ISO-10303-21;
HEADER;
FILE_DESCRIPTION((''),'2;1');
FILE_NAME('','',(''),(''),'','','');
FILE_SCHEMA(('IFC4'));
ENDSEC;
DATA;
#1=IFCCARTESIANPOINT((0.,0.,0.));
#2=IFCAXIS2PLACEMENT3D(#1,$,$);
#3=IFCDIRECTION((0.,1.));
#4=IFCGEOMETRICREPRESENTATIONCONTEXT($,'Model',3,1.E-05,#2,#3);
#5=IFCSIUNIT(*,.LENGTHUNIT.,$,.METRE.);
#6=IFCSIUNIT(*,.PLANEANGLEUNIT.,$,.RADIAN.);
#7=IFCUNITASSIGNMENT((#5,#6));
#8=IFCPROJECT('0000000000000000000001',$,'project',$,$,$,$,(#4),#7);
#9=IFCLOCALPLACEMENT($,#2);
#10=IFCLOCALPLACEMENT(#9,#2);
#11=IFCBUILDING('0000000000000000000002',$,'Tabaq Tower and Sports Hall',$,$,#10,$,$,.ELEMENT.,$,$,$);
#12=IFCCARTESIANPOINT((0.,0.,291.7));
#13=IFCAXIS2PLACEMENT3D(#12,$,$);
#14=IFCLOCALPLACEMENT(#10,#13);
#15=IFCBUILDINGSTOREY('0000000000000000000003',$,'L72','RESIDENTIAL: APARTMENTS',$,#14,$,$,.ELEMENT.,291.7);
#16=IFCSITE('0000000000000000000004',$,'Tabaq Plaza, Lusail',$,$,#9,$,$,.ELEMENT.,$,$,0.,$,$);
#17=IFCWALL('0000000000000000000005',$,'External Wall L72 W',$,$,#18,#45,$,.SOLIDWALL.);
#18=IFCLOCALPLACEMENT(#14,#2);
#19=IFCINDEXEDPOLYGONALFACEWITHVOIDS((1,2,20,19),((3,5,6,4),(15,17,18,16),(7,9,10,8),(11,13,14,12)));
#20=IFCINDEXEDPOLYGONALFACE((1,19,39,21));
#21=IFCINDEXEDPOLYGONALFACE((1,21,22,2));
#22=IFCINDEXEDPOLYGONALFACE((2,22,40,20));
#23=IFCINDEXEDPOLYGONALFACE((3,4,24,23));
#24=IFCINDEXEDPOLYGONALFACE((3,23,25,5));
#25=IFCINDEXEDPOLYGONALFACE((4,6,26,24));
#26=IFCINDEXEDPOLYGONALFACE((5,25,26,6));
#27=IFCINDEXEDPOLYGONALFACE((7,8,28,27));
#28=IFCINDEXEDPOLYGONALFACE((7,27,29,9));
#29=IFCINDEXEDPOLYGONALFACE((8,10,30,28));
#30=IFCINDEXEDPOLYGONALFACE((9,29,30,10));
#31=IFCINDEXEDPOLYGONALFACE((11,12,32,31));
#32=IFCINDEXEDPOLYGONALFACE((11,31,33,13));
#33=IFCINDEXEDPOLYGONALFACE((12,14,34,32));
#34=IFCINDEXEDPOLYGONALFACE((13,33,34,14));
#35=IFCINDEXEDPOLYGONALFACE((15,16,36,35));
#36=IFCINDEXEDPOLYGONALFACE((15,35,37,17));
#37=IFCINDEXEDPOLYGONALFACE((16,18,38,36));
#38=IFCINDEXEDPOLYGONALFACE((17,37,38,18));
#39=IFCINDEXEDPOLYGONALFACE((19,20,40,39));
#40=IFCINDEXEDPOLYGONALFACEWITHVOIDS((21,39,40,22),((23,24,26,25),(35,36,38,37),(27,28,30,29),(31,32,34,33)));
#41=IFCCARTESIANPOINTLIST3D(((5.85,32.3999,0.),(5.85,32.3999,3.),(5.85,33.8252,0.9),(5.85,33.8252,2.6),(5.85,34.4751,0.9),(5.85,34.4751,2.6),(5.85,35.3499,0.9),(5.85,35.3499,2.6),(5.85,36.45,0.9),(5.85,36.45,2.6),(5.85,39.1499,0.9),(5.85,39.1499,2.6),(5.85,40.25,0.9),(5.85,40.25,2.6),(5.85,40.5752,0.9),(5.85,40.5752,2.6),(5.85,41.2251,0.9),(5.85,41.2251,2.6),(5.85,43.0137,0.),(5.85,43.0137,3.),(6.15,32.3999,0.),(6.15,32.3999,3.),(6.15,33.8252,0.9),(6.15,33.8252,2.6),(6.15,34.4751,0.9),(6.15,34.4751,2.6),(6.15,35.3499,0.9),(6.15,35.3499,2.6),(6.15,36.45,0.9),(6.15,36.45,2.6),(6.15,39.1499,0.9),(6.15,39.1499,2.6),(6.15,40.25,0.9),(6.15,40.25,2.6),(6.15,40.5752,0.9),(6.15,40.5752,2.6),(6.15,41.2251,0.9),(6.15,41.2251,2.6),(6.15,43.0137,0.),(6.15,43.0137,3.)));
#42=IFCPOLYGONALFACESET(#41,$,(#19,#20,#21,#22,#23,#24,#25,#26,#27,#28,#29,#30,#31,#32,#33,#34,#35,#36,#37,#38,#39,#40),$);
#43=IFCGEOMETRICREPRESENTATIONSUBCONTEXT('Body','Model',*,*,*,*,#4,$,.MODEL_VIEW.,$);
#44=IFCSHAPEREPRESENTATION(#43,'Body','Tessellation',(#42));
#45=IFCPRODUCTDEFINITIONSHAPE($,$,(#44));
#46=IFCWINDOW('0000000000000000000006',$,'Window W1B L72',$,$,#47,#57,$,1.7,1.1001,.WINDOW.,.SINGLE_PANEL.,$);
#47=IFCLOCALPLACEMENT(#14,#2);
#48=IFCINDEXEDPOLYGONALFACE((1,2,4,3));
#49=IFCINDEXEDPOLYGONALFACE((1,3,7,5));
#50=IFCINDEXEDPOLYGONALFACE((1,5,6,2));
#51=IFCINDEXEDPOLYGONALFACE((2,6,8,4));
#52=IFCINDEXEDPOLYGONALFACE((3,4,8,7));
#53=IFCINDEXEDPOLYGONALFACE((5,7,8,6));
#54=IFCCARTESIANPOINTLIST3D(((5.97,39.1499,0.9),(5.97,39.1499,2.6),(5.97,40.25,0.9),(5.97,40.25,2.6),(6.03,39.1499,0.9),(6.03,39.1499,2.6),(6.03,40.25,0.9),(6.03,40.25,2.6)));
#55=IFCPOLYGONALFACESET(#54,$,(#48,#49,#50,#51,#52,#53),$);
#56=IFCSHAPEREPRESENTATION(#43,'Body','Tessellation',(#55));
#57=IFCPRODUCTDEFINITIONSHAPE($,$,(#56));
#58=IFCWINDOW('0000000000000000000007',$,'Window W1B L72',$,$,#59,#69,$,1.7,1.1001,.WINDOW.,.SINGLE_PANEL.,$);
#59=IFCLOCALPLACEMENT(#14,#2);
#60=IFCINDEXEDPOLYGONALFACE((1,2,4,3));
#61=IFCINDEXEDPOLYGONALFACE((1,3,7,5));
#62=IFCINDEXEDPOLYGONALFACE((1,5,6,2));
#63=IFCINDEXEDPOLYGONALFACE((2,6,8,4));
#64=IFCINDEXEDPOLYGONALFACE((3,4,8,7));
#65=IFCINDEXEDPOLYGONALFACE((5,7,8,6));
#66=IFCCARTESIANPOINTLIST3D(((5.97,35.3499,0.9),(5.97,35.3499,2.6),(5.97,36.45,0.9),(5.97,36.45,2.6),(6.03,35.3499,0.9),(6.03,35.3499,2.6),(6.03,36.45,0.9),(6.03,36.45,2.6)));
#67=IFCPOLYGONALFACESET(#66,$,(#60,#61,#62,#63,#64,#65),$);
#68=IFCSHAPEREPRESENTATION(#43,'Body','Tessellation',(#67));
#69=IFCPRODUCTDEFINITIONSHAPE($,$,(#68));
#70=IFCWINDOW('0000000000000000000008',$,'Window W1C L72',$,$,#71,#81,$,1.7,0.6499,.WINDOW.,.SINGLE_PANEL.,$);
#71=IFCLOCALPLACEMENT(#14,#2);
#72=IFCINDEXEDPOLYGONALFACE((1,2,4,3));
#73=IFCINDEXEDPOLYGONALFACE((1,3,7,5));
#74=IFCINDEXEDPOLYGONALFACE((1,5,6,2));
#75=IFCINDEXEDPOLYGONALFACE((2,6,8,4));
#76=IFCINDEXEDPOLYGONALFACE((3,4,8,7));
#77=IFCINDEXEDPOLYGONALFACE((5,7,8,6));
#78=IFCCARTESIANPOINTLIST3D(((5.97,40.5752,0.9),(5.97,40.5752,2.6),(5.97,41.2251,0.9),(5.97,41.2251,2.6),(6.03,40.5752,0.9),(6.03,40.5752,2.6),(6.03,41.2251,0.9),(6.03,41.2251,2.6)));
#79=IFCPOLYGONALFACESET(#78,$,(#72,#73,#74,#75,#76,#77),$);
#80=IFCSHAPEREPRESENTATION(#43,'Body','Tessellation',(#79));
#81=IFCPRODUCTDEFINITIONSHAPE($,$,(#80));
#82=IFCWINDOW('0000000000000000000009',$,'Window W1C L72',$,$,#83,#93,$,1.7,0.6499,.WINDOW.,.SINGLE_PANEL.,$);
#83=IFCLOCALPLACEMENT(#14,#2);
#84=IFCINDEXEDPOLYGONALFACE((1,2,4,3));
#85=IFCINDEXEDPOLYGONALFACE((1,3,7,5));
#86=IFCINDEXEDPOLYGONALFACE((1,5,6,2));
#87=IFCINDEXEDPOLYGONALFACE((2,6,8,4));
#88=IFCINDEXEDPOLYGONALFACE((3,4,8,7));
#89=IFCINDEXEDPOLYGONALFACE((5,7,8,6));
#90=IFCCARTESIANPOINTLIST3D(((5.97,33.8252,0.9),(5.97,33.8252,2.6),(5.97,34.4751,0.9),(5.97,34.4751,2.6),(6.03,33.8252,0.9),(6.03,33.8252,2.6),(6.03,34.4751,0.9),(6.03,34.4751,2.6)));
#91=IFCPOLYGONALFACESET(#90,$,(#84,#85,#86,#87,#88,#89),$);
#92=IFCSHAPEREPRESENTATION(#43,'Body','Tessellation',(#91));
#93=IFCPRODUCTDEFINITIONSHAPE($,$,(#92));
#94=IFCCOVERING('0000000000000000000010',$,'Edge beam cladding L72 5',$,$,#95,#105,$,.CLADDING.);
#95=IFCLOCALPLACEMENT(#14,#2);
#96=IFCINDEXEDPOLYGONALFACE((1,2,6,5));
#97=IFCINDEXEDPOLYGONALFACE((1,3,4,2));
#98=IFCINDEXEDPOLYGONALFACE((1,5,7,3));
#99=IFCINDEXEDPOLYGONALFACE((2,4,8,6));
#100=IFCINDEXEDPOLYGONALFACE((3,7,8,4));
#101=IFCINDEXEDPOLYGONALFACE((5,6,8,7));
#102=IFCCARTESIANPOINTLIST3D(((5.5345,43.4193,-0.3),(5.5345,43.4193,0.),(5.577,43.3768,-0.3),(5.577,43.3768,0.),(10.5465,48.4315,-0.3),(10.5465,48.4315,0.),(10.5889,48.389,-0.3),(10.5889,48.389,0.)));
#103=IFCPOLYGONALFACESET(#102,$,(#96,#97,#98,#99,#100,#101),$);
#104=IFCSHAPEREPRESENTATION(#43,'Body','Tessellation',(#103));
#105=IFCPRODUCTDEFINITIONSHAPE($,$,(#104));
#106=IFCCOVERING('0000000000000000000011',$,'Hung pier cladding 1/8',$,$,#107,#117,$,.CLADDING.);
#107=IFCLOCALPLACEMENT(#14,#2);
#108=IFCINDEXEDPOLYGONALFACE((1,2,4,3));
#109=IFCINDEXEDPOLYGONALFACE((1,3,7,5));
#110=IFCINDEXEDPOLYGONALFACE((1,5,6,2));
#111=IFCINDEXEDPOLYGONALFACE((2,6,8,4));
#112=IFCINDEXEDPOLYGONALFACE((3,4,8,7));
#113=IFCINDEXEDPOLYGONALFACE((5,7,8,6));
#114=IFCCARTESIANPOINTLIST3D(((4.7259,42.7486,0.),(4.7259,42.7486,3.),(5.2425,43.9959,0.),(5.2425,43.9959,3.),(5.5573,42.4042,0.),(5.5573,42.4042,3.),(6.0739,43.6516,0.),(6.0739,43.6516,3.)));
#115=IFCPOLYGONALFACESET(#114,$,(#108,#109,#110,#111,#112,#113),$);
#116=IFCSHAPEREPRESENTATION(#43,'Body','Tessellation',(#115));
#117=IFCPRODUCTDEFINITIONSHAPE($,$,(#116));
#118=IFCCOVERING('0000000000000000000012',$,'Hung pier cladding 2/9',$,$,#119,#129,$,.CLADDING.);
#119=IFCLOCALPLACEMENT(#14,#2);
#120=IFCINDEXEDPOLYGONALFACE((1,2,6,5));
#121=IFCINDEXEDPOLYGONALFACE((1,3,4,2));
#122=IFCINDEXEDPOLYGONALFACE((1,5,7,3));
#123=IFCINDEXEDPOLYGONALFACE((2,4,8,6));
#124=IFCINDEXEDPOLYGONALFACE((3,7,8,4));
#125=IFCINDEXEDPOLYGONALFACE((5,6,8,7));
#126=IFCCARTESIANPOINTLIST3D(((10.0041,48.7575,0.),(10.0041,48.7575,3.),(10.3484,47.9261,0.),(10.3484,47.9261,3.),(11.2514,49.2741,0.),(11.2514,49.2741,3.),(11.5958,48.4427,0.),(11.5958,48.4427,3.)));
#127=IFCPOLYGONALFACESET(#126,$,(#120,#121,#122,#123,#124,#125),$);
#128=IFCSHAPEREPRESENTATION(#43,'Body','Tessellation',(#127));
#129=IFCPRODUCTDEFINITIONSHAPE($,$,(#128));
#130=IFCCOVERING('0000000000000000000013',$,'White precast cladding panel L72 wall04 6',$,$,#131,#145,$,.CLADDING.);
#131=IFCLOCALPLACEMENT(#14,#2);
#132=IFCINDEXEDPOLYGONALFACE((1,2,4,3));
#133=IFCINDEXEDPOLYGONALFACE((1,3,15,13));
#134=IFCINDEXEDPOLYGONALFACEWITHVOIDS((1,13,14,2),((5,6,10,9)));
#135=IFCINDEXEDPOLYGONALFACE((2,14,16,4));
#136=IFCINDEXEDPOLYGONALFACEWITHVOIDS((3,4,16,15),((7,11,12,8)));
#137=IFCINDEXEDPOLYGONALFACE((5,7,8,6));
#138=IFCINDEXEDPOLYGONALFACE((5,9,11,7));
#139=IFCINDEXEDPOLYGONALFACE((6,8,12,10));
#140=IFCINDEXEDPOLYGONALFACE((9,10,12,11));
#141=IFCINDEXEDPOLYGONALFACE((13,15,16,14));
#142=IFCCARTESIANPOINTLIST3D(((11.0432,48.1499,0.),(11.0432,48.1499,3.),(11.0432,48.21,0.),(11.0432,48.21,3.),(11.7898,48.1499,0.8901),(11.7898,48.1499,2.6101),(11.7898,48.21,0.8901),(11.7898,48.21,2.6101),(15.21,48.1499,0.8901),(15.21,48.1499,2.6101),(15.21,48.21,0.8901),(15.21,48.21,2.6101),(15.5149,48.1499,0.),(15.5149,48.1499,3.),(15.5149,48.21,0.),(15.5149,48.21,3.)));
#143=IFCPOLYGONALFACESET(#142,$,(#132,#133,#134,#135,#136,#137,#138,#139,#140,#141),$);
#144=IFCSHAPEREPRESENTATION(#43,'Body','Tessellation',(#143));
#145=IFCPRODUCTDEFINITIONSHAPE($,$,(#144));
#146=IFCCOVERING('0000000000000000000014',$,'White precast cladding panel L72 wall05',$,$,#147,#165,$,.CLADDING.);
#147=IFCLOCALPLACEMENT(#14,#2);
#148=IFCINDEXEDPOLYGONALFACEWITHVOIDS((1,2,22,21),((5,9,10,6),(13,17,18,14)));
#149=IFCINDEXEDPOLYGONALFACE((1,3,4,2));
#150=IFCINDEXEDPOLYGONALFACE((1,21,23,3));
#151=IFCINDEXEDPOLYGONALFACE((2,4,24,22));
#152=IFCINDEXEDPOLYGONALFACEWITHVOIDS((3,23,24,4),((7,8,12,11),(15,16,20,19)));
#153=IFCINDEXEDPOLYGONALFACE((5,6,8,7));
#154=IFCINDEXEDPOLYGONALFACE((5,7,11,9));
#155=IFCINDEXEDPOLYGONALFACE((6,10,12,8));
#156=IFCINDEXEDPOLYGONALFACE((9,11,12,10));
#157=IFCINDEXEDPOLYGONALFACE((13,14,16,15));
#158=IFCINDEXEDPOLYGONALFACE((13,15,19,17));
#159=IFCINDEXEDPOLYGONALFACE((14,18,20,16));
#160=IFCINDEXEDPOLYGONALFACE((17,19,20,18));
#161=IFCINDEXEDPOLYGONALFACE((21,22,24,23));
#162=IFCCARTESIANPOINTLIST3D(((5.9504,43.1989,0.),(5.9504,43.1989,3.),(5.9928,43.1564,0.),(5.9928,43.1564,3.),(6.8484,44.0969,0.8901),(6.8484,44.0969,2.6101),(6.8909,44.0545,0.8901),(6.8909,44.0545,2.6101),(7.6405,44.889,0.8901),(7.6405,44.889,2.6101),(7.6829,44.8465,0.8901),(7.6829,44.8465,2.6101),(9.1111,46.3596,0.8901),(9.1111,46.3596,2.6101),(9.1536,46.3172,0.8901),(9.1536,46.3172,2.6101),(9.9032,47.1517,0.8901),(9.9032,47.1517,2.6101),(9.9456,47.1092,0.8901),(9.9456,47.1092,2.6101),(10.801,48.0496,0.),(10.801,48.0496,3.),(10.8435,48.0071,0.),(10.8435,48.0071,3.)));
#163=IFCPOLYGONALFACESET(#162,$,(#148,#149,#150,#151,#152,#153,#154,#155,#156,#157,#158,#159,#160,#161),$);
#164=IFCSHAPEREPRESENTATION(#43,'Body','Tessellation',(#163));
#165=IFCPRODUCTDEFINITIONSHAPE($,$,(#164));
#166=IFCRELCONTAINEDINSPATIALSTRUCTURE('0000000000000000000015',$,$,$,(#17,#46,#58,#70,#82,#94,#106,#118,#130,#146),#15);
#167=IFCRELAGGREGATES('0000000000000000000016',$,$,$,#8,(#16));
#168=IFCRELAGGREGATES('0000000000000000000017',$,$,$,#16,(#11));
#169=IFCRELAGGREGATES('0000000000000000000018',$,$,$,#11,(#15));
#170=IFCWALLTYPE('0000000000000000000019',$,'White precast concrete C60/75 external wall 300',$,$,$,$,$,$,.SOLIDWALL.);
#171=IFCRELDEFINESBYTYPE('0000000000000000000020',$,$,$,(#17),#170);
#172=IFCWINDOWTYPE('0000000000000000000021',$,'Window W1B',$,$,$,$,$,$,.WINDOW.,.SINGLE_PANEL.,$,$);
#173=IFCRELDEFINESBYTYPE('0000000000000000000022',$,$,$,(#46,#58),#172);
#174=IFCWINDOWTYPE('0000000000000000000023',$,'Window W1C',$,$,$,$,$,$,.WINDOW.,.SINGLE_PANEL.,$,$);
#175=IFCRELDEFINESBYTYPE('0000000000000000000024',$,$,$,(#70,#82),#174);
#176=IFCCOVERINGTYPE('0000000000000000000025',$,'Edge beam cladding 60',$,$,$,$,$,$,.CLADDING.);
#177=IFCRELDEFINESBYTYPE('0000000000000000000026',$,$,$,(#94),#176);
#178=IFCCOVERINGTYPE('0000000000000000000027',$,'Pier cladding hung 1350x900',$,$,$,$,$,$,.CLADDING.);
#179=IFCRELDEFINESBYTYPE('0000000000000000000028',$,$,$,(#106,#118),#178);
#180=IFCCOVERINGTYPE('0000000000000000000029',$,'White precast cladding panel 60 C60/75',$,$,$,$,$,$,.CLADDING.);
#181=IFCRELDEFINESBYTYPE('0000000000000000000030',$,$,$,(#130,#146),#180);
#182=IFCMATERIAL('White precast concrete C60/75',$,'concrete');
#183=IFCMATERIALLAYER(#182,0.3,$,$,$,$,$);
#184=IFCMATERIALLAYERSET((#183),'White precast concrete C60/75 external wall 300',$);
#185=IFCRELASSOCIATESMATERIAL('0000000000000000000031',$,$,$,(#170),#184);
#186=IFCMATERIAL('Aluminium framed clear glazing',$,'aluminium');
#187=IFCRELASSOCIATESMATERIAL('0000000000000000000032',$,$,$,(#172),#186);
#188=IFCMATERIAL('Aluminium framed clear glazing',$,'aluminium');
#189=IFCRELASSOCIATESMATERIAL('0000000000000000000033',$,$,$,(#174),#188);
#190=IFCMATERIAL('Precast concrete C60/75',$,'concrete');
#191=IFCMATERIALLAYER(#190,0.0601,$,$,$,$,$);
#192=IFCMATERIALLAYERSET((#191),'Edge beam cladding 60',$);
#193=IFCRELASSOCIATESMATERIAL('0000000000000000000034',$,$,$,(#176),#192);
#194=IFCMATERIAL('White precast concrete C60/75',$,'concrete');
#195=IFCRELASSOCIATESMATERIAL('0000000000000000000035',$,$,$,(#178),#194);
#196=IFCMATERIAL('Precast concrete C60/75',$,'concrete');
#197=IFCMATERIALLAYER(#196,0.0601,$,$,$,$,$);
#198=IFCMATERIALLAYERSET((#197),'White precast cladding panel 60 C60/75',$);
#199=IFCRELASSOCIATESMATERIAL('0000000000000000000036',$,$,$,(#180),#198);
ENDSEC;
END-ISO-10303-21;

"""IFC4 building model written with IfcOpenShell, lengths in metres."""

from ifc_helpers import new_model, si_unit, direction, frame, frame_2d, origin, place, context, subcontext, project, spatial, polyline, rectangle, outline, extrude, material, layer, layer_set, type_object, element, fill, save


model = new_model("IFC4")

# Units and contexts
model_context = context("Model", 3, precision=1e-05, world=origin(), true_north=direction((0.0, 1.0)))
body_context = subcontext(model_context, "Body", "Model", "MODEL_VIEW")
ifc_project = project(units=[si_unit("LENGTHUNIT", "METRE"), si_unit("PLANEANGLEUNIT", "RADIAN")], contexts=[model_context])

# Site, building, storey
site_placement = place(None, origin())
site = spatial("IfcSite", under=ifc_project, at=site_placement, Name="Tabaq Plaza, Lusail", CompositionType="ELEMENT", RefElevation=0.0)
building_placement = place(site_placement, origin())
building = spatial("IfcBuilding", under=site, at=building_placement, Name="Tabaq Tower and Sports Hall", CompositionType="ELEMENT")
storey_placement = place(building_placement, frame((0.0, 0.0, 291.7)))
storey = spatial("IfcBuildingStorey", under=building, at=storey_placement, Name="L72", Description="RESIDENTIAL: APARTMENTS", CompositionType="ELEMENT", Elevation=291.7)

# Wall, openings, windows
ifc_material_1 = material(Name="White precast concrete C60/75", Category="concrete")
ifc_layer_1 = layer(ifc_material_1, 0.3)
ifc_layer_set_1 = layer_set([ifc_layer_1], Name="White precast concrete C60/75 external wall 300")
wall_type_1 = type_object("IfcWallType", Name="White precast concrete C60/75 external wall 300", PredefinedType="SOLIDWALL", material=ifc_layer_set_1)
ifc_material_2 = material(Name="Aluminium framed clear glazing", Category="aluminium")
window_type_1 = type_object("IfcWindowType", Name="Window W1B", PartitioningType="SINGLE_PANEL", PredefinedType="WINDOW", material=ifc_material_2)
wall_1_placement = place(storey_placement, frame((6.0, 43.0137, 0.0), z_axis=(0.0, 0.0, 1.0), x_axis=(0.0, -1.0, 0.0)))
wall_1 = element("IfcWall", 1, at=wall_1_placement, inside=storey, type_object=wall_type_1, Name="External Wall L72 W", PredefinedType="SOLIDWALL", context=body_context, shape_type="SweptSolid", body=[
    extrude(rectangle(XDim=10.6138, YDim=0.3, at=frame_2d((5.3069, 0.0))), origin(), (0.0, 0.0, 1.0), 3.0),
])
opening_1_placement = place(wall_1_placement, frame((1.7886, 0.0, 0.8999)))
opening_1 = element("IfcOpeningElement", 2, at=opening_1_placement, cuts=wall_1, PredefinedType="OPENING", context=body_context, shape_type="SweptSolid", body=[
    extrude(rectangle(XDim=0.6499, YDim=1.7, at=frame_2d((0.325, 0.8501))), frame((0.0, 0.1602, 0.0), z_axis=(0.0, -1.0, 0.0), x_axis=(1.0, 0.0, 0.0)), (0.0, 0.0, 1.0), 0.3201),
])
opening_2_placement = place(wall_1_placement, frame((2.7637, 0.0, 0.8999)))
opening_2 = element("IfcOpeningElement", 3, at=opening_2_placement, cuts=wall_1, PredefinedType="OPENING", context=body_context, shape_type="SweptSolid", body=[
    extrude(rectangle(XDim=1.1001, YDim=1.7, at=frame_2d((0.55, 0.8501))), frame((0.0, 0.1602, 0.0), z_axis=(0.0, -1.0, 0.0), x_axis=(1.0, 0.0, 0.0)), (0.0, 0.0, 1.0), 0.3201),
])
opening_3_placement = place(wall_1_placement, frame((6.5637, 0.0, 0.8999)))
opening_3 = element("IfcOpeningElement", 4, at=opening_3_placement, cuts=wall_1, PredefinedType="OPENING", context=body_context, shape_type="SweptSolid", body=[
    extrude(rectangle(XDim=1.1001, YDim=1.7, at=frame_2d((0.55, 0.8501))), frame((0.0, 0.1602, 0.0), z_axis=(0.0, -1.0, 0.0), x_axis=(1.0, 0.0, 0.0)), (0.0, 0.0, 1.0), 0.3201),
])
opening_4_placement = place(wall_1_placement, frame((8.5386, 0.0, 0.8999)))
opening_4 = element("IfcOpeningElement", 5, at=opening_4_placement, cuts=wall_1, PredefinedType="OPENING", context=body_context, shape_type="SweptSolid", body=[
    extrude(rectangle(XDim=0.6499, YDim=1.7, at=frame_2d((0.325, 0.8501))), frame((0.0, 0.1602, 0.0), z_axis=(0.0, -1.0, 0.0), x_axis=(1.0, 0.0, 0.0)), (0.0, 0.0, 1.0), 0.3201),
])
window_1_placement = place(opening_2_placement, origin())
window_1 = element("IfcWindow", 6, at=window_1_placement, inside=storey, type_object=window_type_1, Name="Window W1B L72", OverallHeight=1.7, OverallWidth=1.1001, PartitioningType="SINGLE_PANEL", PredefinedType="WINDOW", context=body_context, shape_type="SweptSolid", body=[
    extrude(rectangle(XDim=1.1001, YDim=1.7, at=frame_2d((0.55, 0.8501))), frame((0.0, 0.03, 0.0), z_axis=(0.0, -1.0, 0.0), x_axis=(1.0, 0.0, 0.0)), (0.0, 0.0, 1.0), 0.0601),
])
fill(opening_2, window_1)
window_2_placement = place(opening_3_placement, origin())
window_2 = element("IfcWindow", 7, at=window_2_placement, inside=storey, type_object=window_type_1, Name="Window W1B L72", OverallHeight=1.7, OverallWidth=1.1001, PartitioningType="SINGLE_PANEL", PredefinedType="WINDOW", context=body_context, shape_type="SweptSolid", body=[
    extrude(rectangle(XDim=1.1001, YDim=1.7, at=frame_2d((0.55, 0.8501))), frame((0.0, 0.03, 0.0), z_axis=(0.0, -1.0, 0.0), x_axis=(1.0, 0.0, 0.0)), (0.0, 0.0, 1.0), 0.0601),
])
fill(opening_3, window_2)
ifc_material_3 = material(Name="Aluminium framed clear glazing", Category="aluminium")
window_type_2 = type_object("IfcWindowType", Name="Window W1C", PartitioningType="SINGLE_PANEL", PredefinedType="WINDOW", material=ifc_material_3)
window_3_placement = place(opening_1_placement, origin())
window_3 = element("IfcWindow", 8, at=window_3_placement, inside=storey, type_object=window_type_2, Name="Window W1C L72", OverallHeight=1.7, OverallWidth=0.6499, PartitioningType="SINGLE_PANEL", PredefinedType="WINDOW", context=body_context, shape_type="SweptSolid", body=[
    extrude(rectangle(XDim=0.6499, YDim=1.7, at=frame_2d((0.325, 0.8501))), frame((0.0, 0.03, 0.0), z_axis=(0.0, -1.0, 0.0), x_axis=(1.0, 0.0, 0.0)), (0.0, 0.0, 1.0), 0.0601),
])
fill(opening_1, window_3)
window_4_placement = place(opening_4_placement, origin())
window_4 = element("IfcWindow", 9, at=window_4_placement, inside=storey, type_object=window_type_2, Name="Window W1C L72", OverallHeight=1.7, OverallWidth=0.6499, PartitioningType="SINGLE_PANEL", PredefinedType="WINDOW", context=body_context, shape_type="SweptSolid", body=[
    extrude(rectangle(XDim=0.6499, YDim=1.7, at=frame_2d((0.325, 0.8501))), frame((0.0, 0.03, 0.0), z_axis=(0.0, -1.0, 0.0), x_axis=(1.0, 0.0, 0.0)), (0.0, 0.0, 1.0), 0.0601),
])
fill(opening_4, window_4)

# Coverings
ifc_material_4 = material(Name="Precast concrete C60/75", Category="concrete")
ifc_layer_2 = layer(ifc_material_4, 0.0601)
ifc_layer_set_2 = layer_set([ifc_layer_2], Name="Edge beam cladding 60")
covering_type_1 = type_object("IfcCoveringType", Name="Edge beam cladding 60", PredefinedType="CLADDING", material=ifc_layer_set_2)
covering_1_placement = place(storey_placement, frame((10.5676, 48.4102, -0.3), z_axis=(0.0, 0.0, 1.0), x_axis=(-0.70709, -0.707124, 0.0)))
element("IfcCovering", 10, at=covering_1_placement, inside=storey, type_object=covering_type_1, Name="Edge beam cladding L72 5", PredefinedType="CLADDING", context=body_context, shape_type="SweptSolid", body=[
    extrude(rectangle(XDim=7.0881, YDim=0.0601, at=frame_2d((3.5439, 0.0))), origin(), (0.0, 0.0, 1.0), 0.3),
])
ifc_material_5 = material(Name="White precast concrete C60/75", Category="concrete")
covering_type_2 = type_object("IfcCoveringType", Name="Pier cladding hung 1350x900", PredefinedType="CLADDING", material=ifc_material_5)
for number, where, z_axis, x_axis, name in (
    (11, (5.6582, 43.8237, 0.0), (0.0, 0.0, 1.0), (-0.38265, -0.923893, 0.0), "Hung pier cladding 1/8"),
    (12, (11.4236, 48.8584, 0.0), (0.0, 0.0, 1.0), (-0.923893, -0.38265, 0.0), "Hung pier cladding 2/9"),
):
    element("IfcCovering", number, at=place(storey_placement, frame(where, z_axis=z_axis, x_axis=x_axis)), inside=storey, type_object=covering_type_2, Name=name, PredefinedType="CLADDING", context=body_context, shape_type="SweptSolid", body=[
        extrude(rectangle(XDim=1.3501, YDim=0.8999, at=frame_2d((0.675, 0.0))), origin(), (0.0, 0.0, 1.0), 3.0),
    ])
ifc_material_6 = material(Name="Precast concrete C60/75", Category="concrete")
ifc_layer_3 = layer(ifc_material_6, 0.0601)
ifc_layer_set_3 = layer_set([ifc_layer_3], Name="White precast cladding panel 60 C60/75")
covering_type_3 = type_object("IfcCoveringType", Name="White precast cladding panel 60 C60/75", PredefinedType="CLADDING", material=ifc_layer_set_3)
covering_2_placement = place(storey_placement, frame((15.5149, 48.1799, 0.0), z_axis=(0.0, 0.0, 1.0), x_axis=(-1.0, 0.0, 0.0)))
element("IfcCovering", 13, at=covering_2_placement, inside=storey, type_object=covering_type_3, Name="White precast cladding panel L72 wall04 6", PredefinedType="CLADDING", context=body_context, shape_type="SweptSolid", body=[
    extrude(outline(polyline([(0.0, 0.0), (4.4717, 0.0), (4.4717, 3.0), (0.0, 3.0), (0.0, 0.0)]), holes=[polyline([(0.3049, 0.8901), (0.3049, 2.6101), (3.7251, 2.6101), (3.7251, 0.8901), (0.3049, 0.8901)])]), frame((0.0, 0.03, 0.0), z_axis=(0.0, -1.0, 0.0), x_axis=(1.0, 0.0, 0.0)), (0.0, 0.0, 1.0), 0.0601),
])
covering_3_placement = place(storey_placement, frame((10.8223, 48.0283, 0.0), z_axis=(0.0, 0.0, 1.0), x_axis=(-0.707107, -0.707107, 0.0)))
element("IfcCovering", 14, at=covering_3_placement, inside=storey, type_object=covering_type_3, Name="White precast cladding panel L72 wall05", PredefinedType="CLADDING", context=body_context, shape_type="SweptSolid", body=[
    extrude(outline(polyline([(0.0, 0.0), (6.8599, 0.0), (6.8599, 3.0), (0.0, 3.0), (0.0, 0.0)]), holes=[polyline([(1.2698, 2.6101), (2.3899, 2.6101), (2.3899, 0.8901), (1.2698, 0.8901), (1.2698, 2.6101)]), polyline([(4.4697, 2.6101), (5.5898, 2.6101), (5.5898, 0.8901), (4.4697, 0.8901), (4.4697, 2.6101)])]), frame((0.0, 0.03, 0.0), z_axis=(0.0, -1.0, 0.0), x_axis=(1.0, 0.0, 0.0)), (0.0, 0.0, 1.0), 0.0601),
])

save(model, "model.ifc")
